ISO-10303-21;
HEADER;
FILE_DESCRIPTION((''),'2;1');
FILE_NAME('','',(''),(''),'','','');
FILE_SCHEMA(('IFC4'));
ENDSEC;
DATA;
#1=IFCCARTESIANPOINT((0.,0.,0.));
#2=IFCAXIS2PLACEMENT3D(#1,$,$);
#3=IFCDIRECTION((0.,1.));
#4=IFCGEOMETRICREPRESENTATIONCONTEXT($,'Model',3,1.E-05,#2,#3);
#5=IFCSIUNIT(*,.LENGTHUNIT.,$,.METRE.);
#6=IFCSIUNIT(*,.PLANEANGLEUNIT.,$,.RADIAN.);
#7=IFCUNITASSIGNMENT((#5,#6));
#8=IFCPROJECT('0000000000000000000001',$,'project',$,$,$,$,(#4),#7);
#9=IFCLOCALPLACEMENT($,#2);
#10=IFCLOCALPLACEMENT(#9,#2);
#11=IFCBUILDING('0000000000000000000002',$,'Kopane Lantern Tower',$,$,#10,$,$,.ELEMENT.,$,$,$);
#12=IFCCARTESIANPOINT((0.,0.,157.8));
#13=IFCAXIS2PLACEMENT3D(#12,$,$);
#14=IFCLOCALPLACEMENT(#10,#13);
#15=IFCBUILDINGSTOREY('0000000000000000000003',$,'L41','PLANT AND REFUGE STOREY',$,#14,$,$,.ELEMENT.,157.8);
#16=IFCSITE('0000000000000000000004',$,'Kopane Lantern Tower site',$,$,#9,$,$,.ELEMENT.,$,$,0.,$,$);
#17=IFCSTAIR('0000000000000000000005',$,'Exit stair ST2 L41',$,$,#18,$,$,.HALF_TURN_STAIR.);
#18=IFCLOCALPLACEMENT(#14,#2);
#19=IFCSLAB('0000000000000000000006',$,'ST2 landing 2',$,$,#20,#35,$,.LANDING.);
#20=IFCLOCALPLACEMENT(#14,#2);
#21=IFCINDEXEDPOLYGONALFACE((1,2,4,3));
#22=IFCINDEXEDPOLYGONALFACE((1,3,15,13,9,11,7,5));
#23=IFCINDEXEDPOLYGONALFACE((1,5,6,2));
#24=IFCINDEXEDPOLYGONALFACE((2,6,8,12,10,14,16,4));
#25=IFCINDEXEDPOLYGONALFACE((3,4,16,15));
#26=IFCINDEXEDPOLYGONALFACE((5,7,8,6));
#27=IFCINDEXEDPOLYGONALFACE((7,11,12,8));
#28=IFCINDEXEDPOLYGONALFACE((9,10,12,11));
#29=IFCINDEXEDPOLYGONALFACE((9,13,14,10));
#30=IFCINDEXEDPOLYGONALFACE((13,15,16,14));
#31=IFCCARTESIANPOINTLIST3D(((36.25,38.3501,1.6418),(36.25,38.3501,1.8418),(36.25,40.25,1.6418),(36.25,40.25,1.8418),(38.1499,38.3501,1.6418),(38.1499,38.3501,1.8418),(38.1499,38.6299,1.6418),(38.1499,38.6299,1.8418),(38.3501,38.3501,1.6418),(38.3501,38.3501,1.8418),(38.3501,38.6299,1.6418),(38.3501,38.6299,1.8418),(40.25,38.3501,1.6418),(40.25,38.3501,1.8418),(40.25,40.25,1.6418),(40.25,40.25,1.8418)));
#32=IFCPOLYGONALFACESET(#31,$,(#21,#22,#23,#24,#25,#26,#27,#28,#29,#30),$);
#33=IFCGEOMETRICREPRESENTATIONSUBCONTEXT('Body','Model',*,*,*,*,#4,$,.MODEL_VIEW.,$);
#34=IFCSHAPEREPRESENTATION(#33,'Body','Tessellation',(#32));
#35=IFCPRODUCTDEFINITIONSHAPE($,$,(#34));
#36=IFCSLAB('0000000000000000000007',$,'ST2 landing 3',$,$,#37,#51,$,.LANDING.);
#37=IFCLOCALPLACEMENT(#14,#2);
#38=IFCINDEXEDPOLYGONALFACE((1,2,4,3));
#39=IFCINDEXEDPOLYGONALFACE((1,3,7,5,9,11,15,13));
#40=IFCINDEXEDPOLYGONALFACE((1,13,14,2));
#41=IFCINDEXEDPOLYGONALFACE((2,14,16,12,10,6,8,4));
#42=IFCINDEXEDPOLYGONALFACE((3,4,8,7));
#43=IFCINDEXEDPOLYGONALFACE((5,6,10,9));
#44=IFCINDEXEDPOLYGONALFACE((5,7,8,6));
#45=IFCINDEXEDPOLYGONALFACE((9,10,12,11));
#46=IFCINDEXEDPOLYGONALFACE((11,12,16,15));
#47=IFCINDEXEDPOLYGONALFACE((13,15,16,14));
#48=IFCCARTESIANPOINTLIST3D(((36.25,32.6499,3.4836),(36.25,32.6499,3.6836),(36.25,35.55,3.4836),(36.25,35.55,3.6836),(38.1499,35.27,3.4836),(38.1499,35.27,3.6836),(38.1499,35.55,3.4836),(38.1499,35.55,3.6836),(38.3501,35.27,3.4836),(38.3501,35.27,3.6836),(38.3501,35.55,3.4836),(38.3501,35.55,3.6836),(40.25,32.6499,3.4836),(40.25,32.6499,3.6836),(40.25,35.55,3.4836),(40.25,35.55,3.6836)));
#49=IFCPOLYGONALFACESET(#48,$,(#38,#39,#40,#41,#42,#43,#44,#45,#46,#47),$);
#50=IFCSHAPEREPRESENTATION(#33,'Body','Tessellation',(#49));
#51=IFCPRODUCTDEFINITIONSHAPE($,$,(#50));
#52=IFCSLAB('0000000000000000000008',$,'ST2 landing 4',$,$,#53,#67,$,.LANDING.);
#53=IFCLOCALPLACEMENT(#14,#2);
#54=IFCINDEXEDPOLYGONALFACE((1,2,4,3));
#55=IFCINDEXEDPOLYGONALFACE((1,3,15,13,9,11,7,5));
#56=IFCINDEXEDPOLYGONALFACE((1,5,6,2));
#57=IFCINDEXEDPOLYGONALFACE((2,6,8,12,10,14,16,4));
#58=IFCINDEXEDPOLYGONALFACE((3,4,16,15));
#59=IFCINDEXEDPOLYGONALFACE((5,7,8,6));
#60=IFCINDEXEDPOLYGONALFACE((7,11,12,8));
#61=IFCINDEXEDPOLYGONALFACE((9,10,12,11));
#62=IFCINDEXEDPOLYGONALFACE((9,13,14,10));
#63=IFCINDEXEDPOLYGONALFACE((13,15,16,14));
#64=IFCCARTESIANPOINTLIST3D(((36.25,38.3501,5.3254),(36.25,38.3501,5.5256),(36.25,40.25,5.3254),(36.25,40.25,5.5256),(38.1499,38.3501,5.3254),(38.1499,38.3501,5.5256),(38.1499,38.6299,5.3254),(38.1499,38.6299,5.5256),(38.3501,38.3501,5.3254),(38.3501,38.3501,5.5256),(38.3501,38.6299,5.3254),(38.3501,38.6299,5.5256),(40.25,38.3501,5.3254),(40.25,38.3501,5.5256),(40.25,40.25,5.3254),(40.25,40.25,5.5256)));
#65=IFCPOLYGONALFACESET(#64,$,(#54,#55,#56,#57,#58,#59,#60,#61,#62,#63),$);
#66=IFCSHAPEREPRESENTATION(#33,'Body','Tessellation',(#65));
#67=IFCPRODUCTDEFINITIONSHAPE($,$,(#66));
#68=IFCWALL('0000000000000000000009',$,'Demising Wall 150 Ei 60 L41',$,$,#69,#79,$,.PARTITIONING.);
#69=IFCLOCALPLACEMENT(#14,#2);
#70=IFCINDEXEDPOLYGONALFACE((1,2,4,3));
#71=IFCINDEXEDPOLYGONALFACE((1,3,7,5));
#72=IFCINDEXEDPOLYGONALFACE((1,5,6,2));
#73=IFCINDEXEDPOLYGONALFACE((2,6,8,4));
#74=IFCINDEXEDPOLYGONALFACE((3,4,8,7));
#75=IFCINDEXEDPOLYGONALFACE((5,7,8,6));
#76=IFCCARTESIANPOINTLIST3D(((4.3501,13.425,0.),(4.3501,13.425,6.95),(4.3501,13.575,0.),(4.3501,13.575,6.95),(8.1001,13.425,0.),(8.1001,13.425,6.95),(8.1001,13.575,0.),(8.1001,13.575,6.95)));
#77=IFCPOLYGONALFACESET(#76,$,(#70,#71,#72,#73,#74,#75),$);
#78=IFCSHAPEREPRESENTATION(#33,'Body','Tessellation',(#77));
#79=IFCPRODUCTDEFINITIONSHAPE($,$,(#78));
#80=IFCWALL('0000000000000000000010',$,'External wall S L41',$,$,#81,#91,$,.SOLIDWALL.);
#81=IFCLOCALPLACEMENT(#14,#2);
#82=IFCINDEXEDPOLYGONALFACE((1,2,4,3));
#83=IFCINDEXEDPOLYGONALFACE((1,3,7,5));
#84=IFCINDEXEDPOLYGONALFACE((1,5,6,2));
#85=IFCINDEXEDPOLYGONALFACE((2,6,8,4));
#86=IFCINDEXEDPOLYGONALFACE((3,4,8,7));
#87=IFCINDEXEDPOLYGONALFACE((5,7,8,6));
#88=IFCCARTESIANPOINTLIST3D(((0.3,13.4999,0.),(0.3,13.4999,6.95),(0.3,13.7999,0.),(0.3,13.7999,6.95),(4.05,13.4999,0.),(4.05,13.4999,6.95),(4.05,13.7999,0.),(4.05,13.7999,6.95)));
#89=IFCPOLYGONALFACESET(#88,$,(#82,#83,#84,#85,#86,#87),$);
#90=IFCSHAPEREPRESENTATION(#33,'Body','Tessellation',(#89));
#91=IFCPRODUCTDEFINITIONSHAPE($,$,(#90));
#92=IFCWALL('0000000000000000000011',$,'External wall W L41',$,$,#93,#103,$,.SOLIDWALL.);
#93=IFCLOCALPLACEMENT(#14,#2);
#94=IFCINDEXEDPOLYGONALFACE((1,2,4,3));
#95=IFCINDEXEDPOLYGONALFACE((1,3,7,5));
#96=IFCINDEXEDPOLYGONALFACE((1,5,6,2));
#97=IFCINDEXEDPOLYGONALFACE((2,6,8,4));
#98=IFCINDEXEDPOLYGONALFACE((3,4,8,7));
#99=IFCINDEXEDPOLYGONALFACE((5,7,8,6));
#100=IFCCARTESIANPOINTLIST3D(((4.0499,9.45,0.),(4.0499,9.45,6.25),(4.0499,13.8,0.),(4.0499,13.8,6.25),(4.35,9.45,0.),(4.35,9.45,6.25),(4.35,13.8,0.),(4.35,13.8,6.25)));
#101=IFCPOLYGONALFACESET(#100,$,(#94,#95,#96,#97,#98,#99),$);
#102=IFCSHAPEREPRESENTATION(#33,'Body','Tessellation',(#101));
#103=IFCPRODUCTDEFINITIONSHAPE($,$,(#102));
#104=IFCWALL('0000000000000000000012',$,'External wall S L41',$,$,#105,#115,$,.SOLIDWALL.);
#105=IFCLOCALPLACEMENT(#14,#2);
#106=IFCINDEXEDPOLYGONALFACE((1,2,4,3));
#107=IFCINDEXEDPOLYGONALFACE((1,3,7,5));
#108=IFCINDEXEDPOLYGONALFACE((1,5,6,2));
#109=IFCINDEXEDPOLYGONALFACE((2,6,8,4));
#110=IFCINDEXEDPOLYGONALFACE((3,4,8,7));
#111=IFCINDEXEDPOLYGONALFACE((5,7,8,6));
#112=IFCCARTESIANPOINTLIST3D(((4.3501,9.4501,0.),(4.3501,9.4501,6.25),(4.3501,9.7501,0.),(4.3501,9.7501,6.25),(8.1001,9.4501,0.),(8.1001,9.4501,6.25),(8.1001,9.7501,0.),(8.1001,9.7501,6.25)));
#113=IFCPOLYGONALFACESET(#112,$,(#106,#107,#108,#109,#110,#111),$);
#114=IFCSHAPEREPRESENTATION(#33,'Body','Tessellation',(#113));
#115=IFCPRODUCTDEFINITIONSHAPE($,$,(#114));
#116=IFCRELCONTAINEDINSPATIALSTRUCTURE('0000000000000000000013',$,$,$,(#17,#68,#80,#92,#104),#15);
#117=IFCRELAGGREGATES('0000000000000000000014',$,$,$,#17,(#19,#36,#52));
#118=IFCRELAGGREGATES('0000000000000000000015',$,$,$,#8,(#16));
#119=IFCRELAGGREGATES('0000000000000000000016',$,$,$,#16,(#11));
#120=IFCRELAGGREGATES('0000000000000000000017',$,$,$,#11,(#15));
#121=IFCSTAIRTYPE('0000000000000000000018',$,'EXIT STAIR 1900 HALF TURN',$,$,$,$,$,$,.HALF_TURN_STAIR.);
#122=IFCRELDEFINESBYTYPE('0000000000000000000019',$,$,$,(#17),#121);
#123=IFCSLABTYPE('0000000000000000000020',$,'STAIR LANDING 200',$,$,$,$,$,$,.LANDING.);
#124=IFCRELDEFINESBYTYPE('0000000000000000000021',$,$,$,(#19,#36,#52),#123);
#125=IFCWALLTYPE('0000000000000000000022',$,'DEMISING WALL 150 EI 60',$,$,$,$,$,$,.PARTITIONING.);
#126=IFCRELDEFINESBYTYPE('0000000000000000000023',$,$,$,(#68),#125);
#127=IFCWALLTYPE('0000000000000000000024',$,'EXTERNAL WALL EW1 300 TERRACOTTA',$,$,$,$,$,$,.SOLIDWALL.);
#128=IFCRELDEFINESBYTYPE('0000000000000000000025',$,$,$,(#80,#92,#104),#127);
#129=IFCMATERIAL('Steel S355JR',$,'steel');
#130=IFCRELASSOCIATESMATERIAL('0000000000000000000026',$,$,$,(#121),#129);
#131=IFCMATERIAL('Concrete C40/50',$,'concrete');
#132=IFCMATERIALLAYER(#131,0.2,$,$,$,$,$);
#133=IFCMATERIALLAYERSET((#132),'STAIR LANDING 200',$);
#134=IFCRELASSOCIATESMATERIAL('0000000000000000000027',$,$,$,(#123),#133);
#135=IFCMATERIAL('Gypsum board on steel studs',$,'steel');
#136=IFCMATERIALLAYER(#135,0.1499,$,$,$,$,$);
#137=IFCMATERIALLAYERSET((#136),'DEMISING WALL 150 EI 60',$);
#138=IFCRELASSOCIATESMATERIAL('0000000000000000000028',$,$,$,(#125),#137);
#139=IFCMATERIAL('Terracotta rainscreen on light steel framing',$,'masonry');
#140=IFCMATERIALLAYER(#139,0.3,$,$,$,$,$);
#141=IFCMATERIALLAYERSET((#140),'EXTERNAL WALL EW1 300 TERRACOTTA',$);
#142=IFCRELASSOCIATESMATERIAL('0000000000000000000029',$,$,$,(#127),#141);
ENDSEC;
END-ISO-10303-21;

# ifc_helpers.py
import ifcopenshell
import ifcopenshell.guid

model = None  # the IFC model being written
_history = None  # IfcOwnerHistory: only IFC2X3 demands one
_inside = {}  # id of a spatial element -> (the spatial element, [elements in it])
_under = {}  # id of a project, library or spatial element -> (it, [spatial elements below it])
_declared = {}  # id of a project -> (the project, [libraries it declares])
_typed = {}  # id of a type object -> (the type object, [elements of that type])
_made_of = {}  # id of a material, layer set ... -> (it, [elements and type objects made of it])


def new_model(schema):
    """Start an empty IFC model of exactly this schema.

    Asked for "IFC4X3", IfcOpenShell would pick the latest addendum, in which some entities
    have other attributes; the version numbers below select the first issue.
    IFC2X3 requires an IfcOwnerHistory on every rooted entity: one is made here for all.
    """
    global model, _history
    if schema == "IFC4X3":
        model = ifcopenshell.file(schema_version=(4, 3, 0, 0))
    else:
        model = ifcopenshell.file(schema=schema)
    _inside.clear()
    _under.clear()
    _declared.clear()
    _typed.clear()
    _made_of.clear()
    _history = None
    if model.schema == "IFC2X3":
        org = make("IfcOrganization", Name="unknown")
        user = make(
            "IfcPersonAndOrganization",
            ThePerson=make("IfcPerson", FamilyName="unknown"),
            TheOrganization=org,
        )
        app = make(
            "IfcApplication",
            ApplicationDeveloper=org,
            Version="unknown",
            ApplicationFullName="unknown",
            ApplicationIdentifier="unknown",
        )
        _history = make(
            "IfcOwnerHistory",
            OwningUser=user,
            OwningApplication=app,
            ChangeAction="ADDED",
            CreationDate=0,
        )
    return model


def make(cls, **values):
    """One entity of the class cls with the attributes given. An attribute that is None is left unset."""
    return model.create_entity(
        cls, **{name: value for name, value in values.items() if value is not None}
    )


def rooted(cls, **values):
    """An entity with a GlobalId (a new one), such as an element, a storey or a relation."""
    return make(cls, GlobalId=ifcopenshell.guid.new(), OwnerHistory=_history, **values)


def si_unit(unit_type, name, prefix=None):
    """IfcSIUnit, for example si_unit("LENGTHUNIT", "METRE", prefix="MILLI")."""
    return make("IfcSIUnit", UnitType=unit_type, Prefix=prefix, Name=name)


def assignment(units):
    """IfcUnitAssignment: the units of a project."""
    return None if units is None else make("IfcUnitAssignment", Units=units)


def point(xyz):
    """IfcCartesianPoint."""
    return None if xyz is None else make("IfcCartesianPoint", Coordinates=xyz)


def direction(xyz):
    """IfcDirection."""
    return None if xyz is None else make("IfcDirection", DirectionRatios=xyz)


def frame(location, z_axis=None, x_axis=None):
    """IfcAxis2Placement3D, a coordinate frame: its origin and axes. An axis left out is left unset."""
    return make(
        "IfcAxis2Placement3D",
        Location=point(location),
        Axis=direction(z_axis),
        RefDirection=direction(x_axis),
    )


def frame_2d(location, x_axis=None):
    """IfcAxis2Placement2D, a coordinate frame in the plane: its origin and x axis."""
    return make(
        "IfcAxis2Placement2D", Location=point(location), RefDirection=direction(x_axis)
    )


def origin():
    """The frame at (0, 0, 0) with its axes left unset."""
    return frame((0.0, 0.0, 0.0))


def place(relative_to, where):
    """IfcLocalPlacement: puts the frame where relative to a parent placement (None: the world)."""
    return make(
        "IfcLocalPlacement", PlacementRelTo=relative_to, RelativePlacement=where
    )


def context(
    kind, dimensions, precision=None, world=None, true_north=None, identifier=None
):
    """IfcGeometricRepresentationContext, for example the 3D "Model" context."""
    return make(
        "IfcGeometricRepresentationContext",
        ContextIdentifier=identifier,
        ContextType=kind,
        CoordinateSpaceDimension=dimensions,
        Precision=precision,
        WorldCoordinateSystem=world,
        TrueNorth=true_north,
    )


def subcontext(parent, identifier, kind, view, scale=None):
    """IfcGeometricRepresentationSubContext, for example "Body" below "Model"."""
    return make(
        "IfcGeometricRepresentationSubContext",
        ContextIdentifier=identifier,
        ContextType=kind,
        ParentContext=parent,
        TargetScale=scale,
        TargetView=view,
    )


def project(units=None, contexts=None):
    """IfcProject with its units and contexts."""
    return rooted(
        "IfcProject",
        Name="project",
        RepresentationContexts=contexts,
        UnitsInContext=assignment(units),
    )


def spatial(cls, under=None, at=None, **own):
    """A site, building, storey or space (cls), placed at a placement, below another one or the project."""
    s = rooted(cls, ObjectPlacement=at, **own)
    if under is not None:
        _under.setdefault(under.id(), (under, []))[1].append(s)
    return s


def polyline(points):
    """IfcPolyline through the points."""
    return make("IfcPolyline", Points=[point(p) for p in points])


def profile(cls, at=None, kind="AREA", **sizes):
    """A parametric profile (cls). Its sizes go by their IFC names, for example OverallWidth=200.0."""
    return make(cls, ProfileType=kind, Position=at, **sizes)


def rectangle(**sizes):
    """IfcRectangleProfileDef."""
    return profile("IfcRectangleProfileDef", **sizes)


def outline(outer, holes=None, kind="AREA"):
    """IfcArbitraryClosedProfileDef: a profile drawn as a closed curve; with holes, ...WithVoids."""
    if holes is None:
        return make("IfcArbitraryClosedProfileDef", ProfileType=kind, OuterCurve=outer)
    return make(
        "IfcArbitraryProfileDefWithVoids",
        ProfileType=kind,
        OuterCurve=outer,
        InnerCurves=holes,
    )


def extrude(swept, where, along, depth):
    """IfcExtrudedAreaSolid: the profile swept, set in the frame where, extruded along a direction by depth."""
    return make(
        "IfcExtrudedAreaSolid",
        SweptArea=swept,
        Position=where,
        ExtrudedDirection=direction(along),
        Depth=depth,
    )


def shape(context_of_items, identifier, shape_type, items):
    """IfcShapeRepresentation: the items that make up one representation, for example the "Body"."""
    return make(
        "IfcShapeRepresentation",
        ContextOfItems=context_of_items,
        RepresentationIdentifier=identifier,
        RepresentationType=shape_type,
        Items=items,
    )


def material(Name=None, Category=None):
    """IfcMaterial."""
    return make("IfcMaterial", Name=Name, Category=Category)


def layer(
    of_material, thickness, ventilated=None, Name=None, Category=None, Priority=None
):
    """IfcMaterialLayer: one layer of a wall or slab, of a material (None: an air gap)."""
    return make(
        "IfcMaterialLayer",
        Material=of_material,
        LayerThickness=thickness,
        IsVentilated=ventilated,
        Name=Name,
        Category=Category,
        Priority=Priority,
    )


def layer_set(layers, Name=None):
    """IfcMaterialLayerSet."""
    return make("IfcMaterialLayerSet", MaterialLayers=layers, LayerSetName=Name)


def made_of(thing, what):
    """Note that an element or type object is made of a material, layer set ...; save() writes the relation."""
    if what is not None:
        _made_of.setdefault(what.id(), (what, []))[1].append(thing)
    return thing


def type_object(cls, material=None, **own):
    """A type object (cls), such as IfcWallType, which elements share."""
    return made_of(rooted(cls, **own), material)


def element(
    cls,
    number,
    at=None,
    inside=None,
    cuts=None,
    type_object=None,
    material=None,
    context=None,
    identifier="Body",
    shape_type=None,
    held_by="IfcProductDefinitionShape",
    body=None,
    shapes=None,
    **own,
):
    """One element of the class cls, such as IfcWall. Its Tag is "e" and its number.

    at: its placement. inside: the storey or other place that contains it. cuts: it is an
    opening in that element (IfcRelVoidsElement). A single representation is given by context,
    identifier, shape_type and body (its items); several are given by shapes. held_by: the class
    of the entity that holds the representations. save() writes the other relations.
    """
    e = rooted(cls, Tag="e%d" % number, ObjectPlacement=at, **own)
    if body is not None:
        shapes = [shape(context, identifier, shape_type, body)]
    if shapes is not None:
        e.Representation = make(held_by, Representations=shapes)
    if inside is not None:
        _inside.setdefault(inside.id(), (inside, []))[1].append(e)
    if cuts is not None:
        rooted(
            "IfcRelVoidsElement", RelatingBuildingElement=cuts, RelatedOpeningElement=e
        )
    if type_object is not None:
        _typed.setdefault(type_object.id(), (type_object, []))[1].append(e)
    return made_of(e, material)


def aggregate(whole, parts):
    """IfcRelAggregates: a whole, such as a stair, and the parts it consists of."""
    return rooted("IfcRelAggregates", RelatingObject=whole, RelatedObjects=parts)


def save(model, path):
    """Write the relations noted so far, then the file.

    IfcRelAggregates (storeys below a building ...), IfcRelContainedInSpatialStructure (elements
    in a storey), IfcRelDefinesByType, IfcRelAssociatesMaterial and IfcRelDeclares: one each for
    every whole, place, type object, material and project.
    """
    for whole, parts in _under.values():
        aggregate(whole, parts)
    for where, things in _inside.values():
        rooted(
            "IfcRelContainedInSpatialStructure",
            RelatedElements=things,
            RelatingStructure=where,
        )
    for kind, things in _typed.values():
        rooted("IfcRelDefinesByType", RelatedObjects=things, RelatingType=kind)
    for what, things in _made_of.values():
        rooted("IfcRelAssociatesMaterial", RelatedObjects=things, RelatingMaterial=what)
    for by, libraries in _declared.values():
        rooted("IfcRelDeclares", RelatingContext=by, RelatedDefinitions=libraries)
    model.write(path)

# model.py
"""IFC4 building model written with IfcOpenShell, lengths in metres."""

from ifc_helpers import new_model, si_unit, direction, frame, frame_2d, origin, place, context, subcontext, project, spatial, polyline, rectangle, outline, extrude, material, layer, layer_set, type_object, element, aggregate, save


model = new_model("IFC4")

# Units and contexts
model_context = context("Model", 3, precision=1e-05, world=origin(), true_north=direction((0.0, 1.0)))
body_context = subcontext(model_context, "Body", "Model", "MODEL_VIEW")
ifc_project = project(units=[si_unit("LENGTHUNIT", "METRE"), si_unit("PLANEANGLEUNIT", "RADIAN")], contexts=[model_context])

# Site, building, storey
site_placement = place(None, origin())
site = spatial("IfcSite", under=ifc_project, at=site_placement, Name="Kopane Lantern Tower site", CompositionType="ELEMENT", RefElevation=0.0)
building_placement = place(site_placement, origin())
building = spatial("IfcBuilding", under=site, at=building_placement, Name="Kopane Lantern Tower", CompositionType="ELEMENT")
storey_placement = place(building_placement, frame((0.0, 0.0, 157.8)))
storey = spatial("IfcBuildingStorey", under=building, at=storey_placement, Name="L41", Description="PLANT AND REFUGE STOREY", CompositionType="ELEMENT", Elevation=157.8)

# Stair, slabs
ifc_material_1 = material(Name="Steel S355JR", Category="steel")
stair_type = type_object("IfcStairType", Name="EXIT STAIR 1900 HALF TURN", PredefinedType="HALF_TURN_STAIR", material=ifc_material_1)
ifc_material_2 = material(Name="Concrete C40/50", Category="concrete")
ifc_layer_1 = layer(ifc_material_2, 0.2)
ifc_layer_set_1 = layer_set([ifc_layer_1], Name="STAIR LANDING 200")
slab_type_1 = type_object("IfcSlabType", Name="STAIR LANDING 200", PredefinedType="LANDING", material=ifc_layer_set_1)
stair_1_placement = place(storey_placement, origin())
stair_1 = element("IfcStair", 1, at=stair_1_placement, inside=storey, type_object=stair_type, Name="Exit stair ST2 L41", PredefinedType="HALF_TURN_STAIR")
slab_1_placement = place(storey_placement, frame((0.0, 0.0, 1.6418)))
slab_1 = element("IfcSlab", 2, at=slab_1_placement, type_object=slab_type_1, Name="ST2 landing 2", PredefinedType="LANDING", context=body_context, shape_type="SweptSolid", body=[
    extrude(outline(polyline([(38.1499, 38.6299), (38.3501, 38.6299), (38.3501, 38.3501), (40.25, 38.3501), (40.25, 40.25), (36.25, 40.25), (36.25, 38.3501), (38.1499, 38.3501), (38.1499, 38.6299)])), origin(), (0.0, 0.0, 1.0), 0.2),
])
slab_2_placement = place(storey_placement, frame((0.0, 0.0, 3.4836)))
slab_2 = element("IfcSlab", 3, at=slab_2_placement, type_object=slab_type_1, Name="ST2 landing 3", PredefinedType="LANDING", context=body_context, shape_type="SweptSolid", body=[
    extrude(outline(polyline([(40.25, 35.55), (38.3501, 35.55), (38.3501, 35.27), (38.1499, 35.27), (38.1499, 35.55), (36.25, 35.55), (36.25, 32.6499), (40.25, 32.6499), (40.25, 35.55)])), origin(), (0.0, 0.0, 1.0), 0.2),
])
slab_3_placement = place(storey_placement, frame((0.0, 0.0, 5.3254)))
slab_3 = element("IfcSlab", 4, at=slab_3_placement, type_object=slab_type_1, Name="ST2 landing 4", PredefinedType="LANDING", context=body_context, shape_type="SweptSolid", body=[
    extrude(outline(polyline([(38.1499, 38.6299), (38.3501, 38.6299), (38.3501, 38.3501), (40.25, 38.3501), (40.25, 40.25), (36.25, 40.25), (36.25, 38.3501), (38.1499, 38.3501), (38.1499, 38.6299)])), origin(), (0.0, 0.0, 1.0), 0.2002),
])
aggregate(stair_1, [slab_1, slab_2, slab_3])

# Walls
ifc_material_3 = material(Name="Gypsum board on steel studs", Category="steel")
ifc_layer_2 = layer(ifc_material_3, 0.1499)
ifc_layer_set_2 = layer_set([ifc_layer_2], Name="DEMISING WALL 150 EI 60")
wall_type_1 = type_object("IfcWallType", Name="DEMISING WALL 150 EI 60", PredefinedType="PARTITIONING", material=ifc_layer_set_2)
wall_1_placement = place(storey_placement, frame((4.3501, 13.5, 0.0), z_axis=(0.0, 0.0, 1.0), x_axis=(1.0, 0.0, 0.0)))
element("IfcWall", 5, at=wall_1_placement, inside=storey, type_object=wall_type_1, Name="Demising Wall 150 Ei 60 L41", PredefinedType="PARTITIONING", context=body_context, shape_type="SweptSolid", body=[
    extrude(rectangle(XDim=3.75, YDim=0.1499, at=frame_2d((1.875, 0.0))), origin(), (0.0, 0.0, 1.0), 6.95),
])
ifc_material_4 = material(Name="Terracotta rainscreen on light steel framing", Category="masonry")
ifc_layer_3 = layer(ifc_material_4, 0.3)
ifc_layer_set_3 = layer_set([ifc_layer_3], Name="EXTERNAL WALL EW1 300 TERRACOTTA")
wall_type_2 = type_object("IfcWallType", Name="EXTERNAL WALL EW1 300 TERRACOTTA", PredefinedType="SOLIDWALL", material=ifc_layer_set_3)
wall_2_placement = place(storey_placement, frame((0.3, 13.6499, 0.0), z_axis=(0.0, 0.0, 1.0), x_axis=(1.0, 0.0, 0.0)))
element("IfcWall", 6, at=wall_2_placement, inside=storey, type_object=wall_type_2, Name="External wall S L41", PredefinedType="SOLIDWALL", context=body_context, shape_type="SweptSolid", body=[
    extrude(rectangle(XDim=3.75, YDim=0.3, at=frame_2d((1.875, 0.0))), origin(), (0.0, 0.0, 1.0), 6.95),
])
wall_3_placement = place(storey_placement, frame((4.2, 13.8, 0.0), z_axis=(0.0, 0.0, 1.0), x_axis=(0.0, -1.0, 0.0)))
element("IfcWall", 7, at=wall_3_placement, inside=storey, type_object=wall_type_2, Name="External wall W L41", PredefinedType="SOLIDWALL", context=body_context, shape_type="SweptSolid", body=[
    extrude(rectangle(XDim=4.3501, YDim=0.3, at=frame_2d((2.175, 0.0))), origin(), (0.0, 0.0, 1.0), 6.25),
])
wall_4_placement = place(storey_placement, frame((4.3501, 9.6001, 0.0), z_axis=(0.0, 0.0, 1.0), x_axis=(1.0, 0.0, 0.0)))
element("IfcWall", 8, at=wall_4_placement, inside=storey, type_object=wall_type_2, Name="External wall S L41", PredefinedType="SOLIDWALL", context=body_context, shape_type="SweptSolid", body=[
    extrude(rectangle(XDim=3.75, YDim=0.3, at=frame_2d((1.875, 0.0))), origin(), (0.0, 0.0, 1.0), 6.25),
])

save(model, "model.ifc")
